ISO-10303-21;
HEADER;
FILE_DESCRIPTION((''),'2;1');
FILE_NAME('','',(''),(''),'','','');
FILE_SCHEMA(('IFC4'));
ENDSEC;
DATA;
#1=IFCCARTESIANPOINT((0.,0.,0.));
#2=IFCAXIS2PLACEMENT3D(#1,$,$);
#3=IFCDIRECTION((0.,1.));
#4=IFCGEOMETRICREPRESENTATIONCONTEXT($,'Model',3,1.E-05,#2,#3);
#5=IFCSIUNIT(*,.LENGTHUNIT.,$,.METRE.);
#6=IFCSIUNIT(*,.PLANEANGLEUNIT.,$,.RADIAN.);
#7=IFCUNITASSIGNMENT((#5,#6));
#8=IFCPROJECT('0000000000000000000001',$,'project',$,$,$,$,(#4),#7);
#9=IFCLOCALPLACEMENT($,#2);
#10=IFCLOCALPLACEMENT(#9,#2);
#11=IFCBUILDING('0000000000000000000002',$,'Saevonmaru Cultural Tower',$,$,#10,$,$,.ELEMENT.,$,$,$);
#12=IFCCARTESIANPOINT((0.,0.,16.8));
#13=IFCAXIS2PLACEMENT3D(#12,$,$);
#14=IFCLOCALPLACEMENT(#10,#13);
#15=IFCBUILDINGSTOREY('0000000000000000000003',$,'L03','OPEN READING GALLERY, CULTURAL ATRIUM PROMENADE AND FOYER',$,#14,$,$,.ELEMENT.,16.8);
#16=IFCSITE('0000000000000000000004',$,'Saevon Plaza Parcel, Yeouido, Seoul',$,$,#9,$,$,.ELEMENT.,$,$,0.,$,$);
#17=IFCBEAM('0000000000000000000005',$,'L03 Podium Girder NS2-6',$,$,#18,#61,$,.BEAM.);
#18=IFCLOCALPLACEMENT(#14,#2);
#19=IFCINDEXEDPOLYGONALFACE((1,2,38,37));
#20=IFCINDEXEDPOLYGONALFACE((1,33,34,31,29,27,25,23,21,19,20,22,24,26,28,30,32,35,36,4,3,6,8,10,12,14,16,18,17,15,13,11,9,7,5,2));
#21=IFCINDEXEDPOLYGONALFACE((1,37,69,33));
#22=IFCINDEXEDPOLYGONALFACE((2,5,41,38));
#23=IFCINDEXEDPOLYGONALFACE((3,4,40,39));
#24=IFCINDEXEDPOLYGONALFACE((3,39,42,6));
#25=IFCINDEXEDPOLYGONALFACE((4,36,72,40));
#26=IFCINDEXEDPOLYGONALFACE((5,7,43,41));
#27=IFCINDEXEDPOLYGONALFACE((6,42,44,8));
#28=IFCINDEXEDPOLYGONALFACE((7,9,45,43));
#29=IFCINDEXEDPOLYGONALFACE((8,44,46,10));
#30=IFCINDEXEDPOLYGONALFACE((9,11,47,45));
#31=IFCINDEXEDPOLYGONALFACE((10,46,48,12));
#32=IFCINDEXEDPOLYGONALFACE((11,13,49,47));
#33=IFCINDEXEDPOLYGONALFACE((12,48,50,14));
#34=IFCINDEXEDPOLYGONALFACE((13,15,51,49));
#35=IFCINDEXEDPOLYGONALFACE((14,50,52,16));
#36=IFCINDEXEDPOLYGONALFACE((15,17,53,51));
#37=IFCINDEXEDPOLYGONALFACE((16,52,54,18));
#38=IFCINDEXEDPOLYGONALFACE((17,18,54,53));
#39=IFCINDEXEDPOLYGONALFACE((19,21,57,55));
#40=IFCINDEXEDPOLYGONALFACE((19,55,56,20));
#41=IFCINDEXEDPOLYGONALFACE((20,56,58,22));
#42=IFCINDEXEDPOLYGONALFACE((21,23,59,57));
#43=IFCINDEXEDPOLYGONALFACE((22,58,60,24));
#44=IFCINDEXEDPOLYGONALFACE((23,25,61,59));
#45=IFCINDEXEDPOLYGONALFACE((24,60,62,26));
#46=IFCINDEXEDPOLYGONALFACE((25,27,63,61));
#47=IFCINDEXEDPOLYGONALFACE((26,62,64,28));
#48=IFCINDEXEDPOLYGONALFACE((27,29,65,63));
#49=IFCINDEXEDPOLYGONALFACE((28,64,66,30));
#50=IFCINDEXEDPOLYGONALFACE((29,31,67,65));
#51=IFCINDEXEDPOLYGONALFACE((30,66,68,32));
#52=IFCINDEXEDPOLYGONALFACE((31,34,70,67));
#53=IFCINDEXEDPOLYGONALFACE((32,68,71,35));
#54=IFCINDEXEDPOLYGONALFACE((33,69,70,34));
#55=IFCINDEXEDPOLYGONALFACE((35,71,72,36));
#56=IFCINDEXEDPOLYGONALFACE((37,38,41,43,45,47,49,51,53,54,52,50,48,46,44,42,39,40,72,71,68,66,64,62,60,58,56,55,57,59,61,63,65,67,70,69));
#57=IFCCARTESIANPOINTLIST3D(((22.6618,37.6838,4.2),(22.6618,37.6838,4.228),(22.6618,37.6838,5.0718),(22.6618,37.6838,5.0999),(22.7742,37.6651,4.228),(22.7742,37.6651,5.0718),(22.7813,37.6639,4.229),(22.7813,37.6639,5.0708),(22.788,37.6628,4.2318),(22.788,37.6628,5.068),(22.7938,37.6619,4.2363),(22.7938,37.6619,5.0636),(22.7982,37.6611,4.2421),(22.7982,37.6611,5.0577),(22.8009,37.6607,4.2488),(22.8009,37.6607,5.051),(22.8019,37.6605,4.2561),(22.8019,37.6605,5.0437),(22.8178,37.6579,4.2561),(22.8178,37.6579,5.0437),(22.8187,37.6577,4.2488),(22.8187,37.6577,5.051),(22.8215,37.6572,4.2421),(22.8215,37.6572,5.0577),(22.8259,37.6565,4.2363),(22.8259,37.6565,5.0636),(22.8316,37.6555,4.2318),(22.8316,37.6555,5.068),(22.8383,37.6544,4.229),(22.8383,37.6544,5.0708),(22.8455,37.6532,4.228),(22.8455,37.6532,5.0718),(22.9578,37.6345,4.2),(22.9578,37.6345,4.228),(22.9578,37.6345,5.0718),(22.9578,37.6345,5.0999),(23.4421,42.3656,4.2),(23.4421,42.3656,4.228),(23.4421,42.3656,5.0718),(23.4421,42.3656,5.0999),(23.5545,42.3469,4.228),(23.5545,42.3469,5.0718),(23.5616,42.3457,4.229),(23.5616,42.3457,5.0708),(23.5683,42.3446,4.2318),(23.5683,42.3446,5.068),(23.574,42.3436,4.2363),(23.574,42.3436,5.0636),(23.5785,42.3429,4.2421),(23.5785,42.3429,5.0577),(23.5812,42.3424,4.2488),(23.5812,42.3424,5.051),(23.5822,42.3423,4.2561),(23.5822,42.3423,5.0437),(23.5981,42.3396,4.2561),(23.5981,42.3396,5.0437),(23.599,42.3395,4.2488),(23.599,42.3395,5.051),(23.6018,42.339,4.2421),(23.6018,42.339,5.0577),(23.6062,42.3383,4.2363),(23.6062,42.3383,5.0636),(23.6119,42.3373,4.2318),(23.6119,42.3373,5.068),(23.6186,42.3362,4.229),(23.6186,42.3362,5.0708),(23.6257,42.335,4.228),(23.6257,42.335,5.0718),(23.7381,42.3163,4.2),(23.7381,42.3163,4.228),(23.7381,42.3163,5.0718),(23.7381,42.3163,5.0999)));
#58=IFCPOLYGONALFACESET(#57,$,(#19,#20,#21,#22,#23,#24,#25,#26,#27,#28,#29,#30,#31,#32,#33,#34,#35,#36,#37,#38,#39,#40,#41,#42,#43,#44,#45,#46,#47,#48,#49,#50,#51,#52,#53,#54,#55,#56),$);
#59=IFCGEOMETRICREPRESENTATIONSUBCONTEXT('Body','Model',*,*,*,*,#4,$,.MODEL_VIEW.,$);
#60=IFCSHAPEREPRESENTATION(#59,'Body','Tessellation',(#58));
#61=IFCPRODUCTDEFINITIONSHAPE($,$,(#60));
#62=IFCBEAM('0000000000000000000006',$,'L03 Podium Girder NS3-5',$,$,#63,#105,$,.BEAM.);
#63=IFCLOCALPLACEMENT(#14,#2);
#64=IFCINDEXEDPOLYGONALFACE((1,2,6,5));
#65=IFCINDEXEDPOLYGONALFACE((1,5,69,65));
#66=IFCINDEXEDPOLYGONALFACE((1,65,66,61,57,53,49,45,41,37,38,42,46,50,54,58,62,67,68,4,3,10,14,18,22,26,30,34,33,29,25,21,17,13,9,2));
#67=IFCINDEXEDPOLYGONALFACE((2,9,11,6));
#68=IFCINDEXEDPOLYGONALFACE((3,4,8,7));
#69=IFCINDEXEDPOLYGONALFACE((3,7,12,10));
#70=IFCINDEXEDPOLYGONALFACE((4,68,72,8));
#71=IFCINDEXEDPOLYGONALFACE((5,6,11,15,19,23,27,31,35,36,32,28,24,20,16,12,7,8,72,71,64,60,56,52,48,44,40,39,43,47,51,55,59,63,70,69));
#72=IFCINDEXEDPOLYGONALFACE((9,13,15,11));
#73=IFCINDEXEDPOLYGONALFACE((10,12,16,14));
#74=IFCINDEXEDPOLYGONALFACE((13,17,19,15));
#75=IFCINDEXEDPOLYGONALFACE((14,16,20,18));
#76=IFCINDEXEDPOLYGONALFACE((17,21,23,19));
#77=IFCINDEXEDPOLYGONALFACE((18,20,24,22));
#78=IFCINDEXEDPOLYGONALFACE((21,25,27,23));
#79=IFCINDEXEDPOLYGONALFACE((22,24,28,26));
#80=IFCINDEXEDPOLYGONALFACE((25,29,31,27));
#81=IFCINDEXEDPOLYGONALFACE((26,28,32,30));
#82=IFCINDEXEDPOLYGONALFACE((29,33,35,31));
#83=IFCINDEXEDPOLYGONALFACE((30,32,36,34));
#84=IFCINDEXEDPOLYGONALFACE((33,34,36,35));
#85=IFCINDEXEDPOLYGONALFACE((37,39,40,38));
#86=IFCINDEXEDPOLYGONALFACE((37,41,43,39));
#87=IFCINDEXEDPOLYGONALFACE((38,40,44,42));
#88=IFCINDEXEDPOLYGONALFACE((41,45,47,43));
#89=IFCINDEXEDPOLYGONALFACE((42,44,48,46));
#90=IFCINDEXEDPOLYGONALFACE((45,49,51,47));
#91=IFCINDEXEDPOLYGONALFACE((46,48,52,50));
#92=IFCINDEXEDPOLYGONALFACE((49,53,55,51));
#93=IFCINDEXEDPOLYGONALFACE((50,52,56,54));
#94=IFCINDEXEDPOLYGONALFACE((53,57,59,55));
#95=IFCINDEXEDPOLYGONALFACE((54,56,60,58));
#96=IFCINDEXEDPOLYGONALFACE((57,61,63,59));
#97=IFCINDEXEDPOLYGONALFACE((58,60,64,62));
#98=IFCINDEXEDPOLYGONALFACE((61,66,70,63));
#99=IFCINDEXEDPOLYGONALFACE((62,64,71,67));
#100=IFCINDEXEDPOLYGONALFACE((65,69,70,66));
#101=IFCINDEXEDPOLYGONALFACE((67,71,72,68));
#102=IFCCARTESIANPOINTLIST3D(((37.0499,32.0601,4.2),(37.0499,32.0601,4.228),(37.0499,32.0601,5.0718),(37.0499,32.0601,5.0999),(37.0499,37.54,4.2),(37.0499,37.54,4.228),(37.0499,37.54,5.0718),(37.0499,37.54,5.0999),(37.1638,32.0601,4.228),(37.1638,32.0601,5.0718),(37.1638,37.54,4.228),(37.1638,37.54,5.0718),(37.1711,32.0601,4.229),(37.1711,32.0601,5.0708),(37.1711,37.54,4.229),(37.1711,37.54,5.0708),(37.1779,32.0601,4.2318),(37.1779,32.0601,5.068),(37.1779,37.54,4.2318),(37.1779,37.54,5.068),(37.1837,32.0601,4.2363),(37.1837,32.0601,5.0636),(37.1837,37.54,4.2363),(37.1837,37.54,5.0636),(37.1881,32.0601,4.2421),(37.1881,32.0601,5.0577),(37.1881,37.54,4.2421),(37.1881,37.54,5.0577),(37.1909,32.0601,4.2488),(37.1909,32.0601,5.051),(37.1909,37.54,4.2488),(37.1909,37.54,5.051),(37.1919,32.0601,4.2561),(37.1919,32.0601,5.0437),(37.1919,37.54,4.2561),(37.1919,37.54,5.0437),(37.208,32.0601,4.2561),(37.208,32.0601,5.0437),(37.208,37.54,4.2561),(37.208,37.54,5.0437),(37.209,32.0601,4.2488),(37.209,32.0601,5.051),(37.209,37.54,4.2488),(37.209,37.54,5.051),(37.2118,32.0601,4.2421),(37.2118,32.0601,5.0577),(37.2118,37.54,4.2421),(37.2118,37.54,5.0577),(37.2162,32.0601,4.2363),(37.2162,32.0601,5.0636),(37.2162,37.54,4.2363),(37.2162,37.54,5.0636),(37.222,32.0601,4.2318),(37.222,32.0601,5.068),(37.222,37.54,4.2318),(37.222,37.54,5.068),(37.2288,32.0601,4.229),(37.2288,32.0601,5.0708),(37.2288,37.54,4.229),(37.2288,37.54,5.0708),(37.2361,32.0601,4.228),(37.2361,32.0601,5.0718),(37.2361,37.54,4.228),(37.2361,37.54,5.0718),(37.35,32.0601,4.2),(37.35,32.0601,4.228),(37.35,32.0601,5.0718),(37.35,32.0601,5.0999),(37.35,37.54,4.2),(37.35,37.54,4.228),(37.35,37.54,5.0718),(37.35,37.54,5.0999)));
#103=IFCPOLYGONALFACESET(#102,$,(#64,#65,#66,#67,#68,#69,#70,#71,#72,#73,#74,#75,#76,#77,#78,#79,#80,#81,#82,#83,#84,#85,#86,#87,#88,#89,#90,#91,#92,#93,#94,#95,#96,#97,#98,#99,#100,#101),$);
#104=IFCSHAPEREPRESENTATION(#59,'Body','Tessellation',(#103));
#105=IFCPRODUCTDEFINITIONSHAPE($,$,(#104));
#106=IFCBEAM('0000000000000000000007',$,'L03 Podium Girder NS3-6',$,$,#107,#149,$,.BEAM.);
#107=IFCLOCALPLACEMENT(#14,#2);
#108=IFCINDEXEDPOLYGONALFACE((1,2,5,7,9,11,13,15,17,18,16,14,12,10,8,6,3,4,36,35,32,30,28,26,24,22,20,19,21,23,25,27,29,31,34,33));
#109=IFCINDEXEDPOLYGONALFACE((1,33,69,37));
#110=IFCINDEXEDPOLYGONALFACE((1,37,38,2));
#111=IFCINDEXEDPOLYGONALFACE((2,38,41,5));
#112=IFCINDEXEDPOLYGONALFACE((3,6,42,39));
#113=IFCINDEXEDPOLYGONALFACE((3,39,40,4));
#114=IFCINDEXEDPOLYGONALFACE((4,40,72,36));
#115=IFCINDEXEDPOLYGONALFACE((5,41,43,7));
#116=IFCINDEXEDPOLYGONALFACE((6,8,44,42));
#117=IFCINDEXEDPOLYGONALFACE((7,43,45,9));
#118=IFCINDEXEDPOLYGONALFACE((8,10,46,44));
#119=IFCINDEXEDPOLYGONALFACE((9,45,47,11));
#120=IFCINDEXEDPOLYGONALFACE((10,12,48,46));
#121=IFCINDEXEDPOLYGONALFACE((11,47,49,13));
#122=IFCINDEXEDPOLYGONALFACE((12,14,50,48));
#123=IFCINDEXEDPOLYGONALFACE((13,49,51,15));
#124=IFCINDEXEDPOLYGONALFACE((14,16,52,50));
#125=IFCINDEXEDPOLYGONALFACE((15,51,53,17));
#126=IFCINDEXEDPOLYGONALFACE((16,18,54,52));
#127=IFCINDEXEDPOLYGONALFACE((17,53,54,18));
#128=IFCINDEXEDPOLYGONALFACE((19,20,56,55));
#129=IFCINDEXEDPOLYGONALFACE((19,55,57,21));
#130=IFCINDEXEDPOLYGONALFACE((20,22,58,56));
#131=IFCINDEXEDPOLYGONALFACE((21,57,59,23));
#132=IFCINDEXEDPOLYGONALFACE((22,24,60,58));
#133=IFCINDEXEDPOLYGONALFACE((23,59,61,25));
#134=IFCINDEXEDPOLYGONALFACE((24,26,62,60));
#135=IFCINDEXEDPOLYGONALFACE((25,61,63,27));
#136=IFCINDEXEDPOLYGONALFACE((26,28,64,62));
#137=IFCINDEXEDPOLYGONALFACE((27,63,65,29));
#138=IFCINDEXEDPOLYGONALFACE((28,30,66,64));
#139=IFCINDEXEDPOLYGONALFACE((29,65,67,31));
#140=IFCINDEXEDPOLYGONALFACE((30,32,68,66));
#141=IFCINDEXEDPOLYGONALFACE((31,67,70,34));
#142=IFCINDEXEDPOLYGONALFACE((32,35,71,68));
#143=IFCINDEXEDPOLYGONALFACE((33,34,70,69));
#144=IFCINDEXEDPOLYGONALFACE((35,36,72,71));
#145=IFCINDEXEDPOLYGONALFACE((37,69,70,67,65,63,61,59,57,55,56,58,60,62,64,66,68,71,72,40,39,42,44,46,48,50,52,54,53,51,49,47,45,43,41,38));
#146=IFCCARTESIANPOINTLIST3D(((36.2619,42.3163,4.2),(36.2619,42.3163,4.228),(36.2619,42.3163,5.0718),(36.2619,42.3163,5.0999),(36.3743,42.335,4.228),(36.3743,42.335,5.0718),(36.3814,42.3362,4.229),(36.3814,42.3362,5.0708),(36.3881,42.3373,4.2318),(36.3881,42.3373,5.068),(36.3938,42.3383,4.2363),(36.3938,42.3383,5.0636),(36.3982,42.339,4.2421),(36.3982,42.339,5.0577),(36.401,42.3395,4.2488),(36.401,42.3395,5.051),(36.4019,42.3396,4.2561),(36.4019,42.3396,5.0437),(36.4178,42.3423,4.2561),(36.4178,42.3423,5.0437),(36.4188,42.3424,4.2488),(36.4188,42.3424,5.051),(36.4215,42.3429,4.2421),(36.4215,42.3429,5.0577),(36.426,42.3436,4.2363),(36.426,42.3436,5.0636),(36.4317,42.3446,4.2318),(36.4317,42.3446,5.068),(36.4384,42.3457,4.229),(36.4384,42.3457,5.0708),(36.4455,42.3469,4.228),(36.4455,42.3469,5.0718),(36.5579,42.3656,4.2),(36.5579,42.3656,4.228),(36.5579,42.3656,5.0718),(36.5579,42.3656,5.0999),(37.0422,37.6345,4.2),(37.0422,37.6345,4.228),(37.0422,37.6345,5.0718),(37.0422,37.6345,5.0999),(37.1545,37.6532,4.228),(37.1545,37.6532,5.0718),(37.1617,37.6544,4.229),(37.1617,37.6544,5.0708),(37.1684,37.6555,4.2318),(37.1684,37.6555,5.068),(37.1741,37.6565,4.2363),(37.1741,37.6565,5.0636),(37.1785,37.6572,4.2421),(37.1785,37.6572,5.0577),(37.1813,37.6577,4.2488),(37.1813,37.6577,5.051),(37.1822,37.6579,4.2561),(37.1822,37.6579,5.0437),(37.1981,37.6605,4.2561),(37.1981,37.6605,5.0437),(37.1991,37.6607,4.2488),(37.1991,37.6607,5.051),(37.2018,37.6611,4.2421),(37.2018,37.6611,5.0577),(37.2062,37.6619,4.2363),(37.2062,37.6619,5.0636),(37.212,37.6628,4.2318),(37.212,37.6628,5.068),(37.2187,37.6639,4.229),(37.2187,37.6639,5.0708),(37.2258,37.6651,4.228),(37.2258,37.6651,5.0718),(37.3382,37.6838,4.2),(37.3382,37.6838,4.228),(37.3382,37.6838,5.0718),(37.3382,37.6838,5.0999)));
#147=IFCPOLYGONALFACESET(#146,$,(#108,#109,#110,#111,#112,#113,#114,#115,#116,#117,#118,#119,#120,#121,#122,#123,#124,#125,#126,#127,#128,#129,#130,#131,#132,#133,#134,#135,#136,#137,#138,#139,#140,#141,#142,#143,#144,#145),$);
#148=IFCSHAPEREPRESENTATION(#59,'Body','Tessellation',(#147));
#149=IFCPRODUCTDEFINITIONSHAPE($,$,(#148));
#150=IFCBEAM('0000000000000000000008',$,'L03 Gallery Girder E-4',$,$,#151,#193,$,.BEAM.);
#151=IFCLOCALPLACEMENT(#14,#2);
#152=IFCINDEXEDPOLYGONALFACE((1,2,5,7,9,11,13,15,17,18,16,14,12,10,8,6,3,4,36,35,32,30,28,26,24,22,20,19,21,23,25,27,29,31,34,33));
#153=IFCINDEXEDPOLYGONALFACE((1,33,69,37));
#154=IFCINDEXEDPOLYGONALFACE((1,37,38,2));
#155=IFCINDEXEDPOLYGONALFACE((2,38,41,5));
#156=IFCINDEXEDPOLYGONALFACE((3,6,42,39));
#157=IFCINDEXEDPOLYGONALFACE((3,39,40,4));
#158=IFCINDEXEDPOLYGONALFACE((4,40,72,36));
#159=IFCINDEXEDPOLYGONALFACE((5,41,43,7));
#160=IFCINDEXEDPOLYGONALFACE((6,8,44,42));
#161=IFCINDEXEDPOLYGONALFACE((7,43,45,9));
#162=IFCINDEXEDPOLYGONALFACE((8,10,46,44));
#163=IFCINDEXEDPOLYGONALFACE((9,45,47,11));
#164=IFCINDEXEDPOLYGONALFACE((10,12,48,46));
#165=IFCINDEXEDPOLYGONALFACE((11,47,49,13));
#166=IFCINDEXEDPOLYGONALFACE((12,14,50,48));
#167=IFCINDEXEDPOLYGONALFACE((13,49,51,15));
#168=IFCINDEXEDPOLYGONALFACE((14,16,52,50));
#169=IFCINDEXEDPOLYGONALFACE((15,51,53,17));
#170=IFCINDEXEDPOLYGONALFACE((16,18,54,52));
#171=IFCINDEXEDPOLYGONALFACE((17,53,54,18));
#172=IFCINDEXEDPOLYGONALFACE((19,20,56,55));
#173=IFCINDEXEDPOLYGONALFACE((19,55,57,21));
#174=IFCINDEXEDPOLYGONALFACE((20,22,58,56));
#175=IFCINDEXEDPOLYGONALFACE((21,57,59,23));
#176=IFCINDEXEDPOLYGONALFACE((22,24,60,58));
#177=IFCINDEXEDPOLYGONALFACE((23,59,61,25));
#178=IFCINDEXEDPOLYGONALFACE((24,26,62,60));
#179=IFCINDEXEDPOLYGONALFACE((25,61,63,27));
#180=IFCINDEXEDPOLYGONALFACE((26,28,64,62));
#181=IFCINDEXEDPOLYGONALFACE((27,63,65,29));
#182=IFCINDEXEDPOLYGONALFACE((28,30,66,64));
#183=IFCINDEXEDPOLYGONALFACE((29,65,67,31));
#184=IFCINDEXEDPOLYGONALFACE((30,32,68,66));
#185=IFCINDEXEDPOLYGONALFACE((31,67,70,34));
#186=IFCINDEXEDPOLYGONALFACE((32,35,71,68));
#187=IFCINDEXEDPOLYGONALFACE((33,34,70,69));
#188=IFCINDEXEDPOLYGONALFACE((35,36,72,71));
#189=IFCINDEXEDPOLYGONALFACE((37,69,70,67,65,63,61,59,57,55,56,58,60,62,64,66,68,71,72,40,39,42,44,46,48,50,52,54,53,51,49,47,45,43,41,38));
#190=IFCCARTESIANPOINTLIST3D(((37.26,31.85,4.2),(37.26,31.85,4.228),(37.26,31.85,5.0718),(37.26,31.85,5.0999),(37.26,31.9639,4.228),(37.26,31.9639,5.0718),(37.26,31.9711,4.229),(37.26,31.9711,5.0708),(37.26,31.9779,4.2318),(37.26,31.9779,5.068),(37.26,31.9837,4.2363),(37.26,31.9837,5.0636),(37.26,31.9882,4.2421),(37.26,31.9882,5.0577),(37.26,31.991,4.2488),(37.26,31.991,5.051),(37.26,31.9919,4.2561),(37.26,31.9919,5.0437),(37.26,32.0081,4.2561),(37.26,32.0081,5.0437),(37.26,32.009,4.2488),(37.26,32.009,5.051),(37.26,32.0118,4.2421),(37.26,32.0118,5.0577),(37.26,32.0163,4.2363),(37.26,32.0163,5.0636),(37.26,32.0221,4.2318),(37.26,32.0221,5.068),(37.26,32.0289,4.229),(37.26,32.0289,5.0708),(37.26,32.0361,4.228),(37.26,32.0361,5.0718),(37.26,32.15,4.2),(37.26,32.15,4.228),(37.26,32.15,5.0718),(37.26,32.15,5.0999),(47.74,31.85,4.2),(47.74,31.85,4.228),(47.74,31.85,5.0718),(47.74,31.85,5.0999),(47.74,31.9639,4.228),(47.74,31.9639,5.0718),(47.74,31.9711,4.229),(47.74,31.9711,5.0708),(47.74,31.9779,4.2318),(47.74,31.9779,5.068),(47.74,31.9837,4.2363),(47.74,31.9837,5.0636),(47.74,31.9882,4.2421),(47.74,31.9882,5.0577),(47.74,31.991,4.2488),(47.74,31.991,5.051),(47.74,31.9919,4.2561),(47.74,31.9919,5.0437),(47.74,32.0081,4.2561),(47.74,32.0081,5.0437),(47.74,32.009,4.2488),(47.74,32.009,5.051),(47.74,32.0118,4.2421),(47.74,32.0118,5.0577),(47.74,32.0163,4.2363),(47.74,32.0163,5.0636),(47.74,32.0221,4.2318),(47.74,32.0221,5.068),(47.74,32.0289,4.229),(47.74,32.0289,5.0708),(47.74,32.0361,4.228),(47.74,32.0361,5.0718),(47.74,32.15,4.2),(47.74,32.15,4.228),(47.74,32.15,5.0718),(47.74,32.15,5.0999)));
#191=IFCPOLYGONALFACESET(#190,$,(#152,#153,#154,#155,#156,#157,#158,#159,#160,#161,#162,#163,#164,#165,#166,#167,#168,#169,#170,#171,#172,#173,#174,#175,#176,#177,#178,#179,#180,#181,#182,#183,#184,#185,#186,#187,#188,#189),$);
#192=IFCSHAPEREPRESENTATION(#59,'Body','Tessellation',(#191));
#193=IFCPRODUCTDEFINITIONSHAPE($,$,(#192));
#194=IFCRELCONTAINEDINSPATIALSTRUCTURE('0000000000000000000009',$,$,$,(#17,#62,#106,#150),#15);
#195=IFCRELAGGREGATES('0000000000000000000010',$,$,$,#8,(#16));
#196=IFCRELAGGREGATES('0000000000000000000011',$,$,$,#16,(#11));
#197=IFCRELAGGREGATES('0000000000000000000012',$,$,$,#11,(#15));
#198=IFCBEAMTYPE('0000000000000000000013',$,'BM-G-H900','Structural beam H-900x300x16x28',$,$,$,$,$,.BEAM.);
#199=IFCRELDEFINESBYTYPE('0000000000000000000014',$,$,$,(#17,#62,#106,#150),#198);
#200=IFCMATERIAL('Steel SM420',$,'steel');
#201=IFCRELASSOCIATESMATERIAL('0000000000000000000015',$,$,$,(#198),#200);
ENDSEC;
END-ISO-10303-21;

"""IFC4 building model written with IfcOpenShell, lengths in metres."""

from ifc_helpers import new_model, si_unit, direction, frame, origin, origin_2d, place, context, subcontext, project, spatial, i_section, extrude, material, material_profile, profile_set, type_object, element, save


model = new_model("IFC4")

# Units and contexts
model_context = context("Model", 3, precision=1e-05, world=origin(), true_north=direction((0.0, 1.0)))
body_context = subcontext(model_context, "Body", "Model", "MODEL_VIEW")
ifc_project = project(units=[si_unit("LENGTHUNIT", "METRE"), si_unit("PLANEANGLEUNIT", "RADIAN")], contexts=[model_context])

# Site, building, storey
site_placement = place(None, origin())
site = spatial("IfcSite", under=ifc_project, at=site_placement, Name="Saevon Plaza Parcel, Yeouido, Seoul", CompositionType="ELEMENT", RefElevation=0.0)
building_placement = place(site_placement, origin())
building = spatial("IfcBuilding", under=site, at=building_placement, Name="Saevonmaru Cultural Tower", CompositionType="ELEMENT")
storey_placement = place(building_placement, frame((0.0, 0.0, 16.8)))
storey = spatial("IfcBuildingStorey", under=building, at=storey_placement, Name="L03", Description="OPEN READING GALLERY, CULTURAL ATRIUM PROMENADE AND FOYER", CompositionType="ELEMENT", Elevation=16.8)

# Shared definitions
ifc_material_1 = material(Name="Steel SM420", Category="steel")

# Beams
ifc_material_profile_1 = material_profile(ifc_material_1, i_section(OverallWidth=0.3, OverallDepth=0.8999, WebThickness=0.0161, FlangeThickness=0.0281, FilletRadius=0.0281, at=origin_2d()), Name="H-900x300x16x28")
ifc_profile_set_1 = profile_set([ifc_material_profile_1], Name="Steel SM420")
beam_type_1 = type_object("IfcBeamType", Name="BM-G-H900", Description="Structural beam H-900x300x16x28", PredefinedType="BEAM", material=ifc_profile_set_1)
beam_1_placement = place(storey_placement, frame((22.8098, 37.6592, 4.6499), z_axis=(0.164399, 0.986394, 0.0), x_axis=(-0.986394, 0.164399, 0.0)))
element("IfcBeam", 1, at=beam_1_placement, inside=storey, type_object=beam_type_1, Name="L03 Podium Girder NS2-6", PredefinedType="BEAM", context=body_context, shape_type="SweptSolid", body=[
    extrude(i_section(OverallWidth=0.3, OverallDepth=0.8999, WebThickness=0.0161, FlangeThickness=0.0281, FilletRadius=0.0281, at=origin_2d()), origin(), (0.0, 0.0, 1.0), 4.7463),
])
beam_2_placement = place(storey_placement, frame((37.2, 32.0601, 4.6499), z_axis=(0.0, 1.0, 0.0), x_axis=(-1.0, 0.0, 0.0)))
element("IfcBeam", 2, at=beam_2_placement, inside=storey, type_object=beam_type_1, Name="L03 Podium Girder NS3-5", PredefinedType="BEAM", context=body_context, shape_type="SweptSolid", body=[
    extrude(i_section(OverallWidth=0.3, OverallDepth=0.8999, WebThickness=0.0161, FlangeThickness=0.0281, FilletRadius=0.0281, at=origin_2d()), origin(), (0.0, 0.0, 1.0), 5.48),
])
beam_3_placement = place(storey_placement, frame((37.1902, 37.6592, 4.6499), z_axis=(-0.164399, 0.986394, 0.0), x_axis=(-0.986394, -0.164399, 0.0)))
element("IfcBeam", 3, at=beam_3_placement, inside=storey, type_object=beam_type_1, Name="L03 Podium Girder NS3-6", PredefinedType="BEAM", context=body_context, shape_type="SweptSolid", body=[
    extrude(i_section(OverallWidth=0.3, OverallDepth=0.8999, WebThickness=0.0161, FlangeThickness=0.0281, FilletRadius=0.0281, at=origin_2d()), origin(), (0.0, 0.0, 1.0), 4.7463),
])
for number, where, z_axis, x_axis, name in (
    (4, (37.26, 32.0, 4.6499), (1.0, 0.0, 0.0), (0.0, 1.0, 0.0), "L03 Gallery Girder E-4"),
):
    element("IfcBeam", number, at=place(storey_placement, frame(where, z_axis=z_axis, x_axis=x_axis)), inside=storey, type_object=beam_type_1, Name=name, PredefinedType="BEAM", context=body_context, shape_type="SweptSolid", body=[
        extrude(i_section(OverallWidth=0.3, OverallDepth=0.8999, WebThickness=0.0161, FlangeThickness=0.0281, FilletRadius=0.0281, at=origin_2d()), origin(), (0.0, 0.0, 1.0), 10.48),
    ])

save(model, "model.ifc")
